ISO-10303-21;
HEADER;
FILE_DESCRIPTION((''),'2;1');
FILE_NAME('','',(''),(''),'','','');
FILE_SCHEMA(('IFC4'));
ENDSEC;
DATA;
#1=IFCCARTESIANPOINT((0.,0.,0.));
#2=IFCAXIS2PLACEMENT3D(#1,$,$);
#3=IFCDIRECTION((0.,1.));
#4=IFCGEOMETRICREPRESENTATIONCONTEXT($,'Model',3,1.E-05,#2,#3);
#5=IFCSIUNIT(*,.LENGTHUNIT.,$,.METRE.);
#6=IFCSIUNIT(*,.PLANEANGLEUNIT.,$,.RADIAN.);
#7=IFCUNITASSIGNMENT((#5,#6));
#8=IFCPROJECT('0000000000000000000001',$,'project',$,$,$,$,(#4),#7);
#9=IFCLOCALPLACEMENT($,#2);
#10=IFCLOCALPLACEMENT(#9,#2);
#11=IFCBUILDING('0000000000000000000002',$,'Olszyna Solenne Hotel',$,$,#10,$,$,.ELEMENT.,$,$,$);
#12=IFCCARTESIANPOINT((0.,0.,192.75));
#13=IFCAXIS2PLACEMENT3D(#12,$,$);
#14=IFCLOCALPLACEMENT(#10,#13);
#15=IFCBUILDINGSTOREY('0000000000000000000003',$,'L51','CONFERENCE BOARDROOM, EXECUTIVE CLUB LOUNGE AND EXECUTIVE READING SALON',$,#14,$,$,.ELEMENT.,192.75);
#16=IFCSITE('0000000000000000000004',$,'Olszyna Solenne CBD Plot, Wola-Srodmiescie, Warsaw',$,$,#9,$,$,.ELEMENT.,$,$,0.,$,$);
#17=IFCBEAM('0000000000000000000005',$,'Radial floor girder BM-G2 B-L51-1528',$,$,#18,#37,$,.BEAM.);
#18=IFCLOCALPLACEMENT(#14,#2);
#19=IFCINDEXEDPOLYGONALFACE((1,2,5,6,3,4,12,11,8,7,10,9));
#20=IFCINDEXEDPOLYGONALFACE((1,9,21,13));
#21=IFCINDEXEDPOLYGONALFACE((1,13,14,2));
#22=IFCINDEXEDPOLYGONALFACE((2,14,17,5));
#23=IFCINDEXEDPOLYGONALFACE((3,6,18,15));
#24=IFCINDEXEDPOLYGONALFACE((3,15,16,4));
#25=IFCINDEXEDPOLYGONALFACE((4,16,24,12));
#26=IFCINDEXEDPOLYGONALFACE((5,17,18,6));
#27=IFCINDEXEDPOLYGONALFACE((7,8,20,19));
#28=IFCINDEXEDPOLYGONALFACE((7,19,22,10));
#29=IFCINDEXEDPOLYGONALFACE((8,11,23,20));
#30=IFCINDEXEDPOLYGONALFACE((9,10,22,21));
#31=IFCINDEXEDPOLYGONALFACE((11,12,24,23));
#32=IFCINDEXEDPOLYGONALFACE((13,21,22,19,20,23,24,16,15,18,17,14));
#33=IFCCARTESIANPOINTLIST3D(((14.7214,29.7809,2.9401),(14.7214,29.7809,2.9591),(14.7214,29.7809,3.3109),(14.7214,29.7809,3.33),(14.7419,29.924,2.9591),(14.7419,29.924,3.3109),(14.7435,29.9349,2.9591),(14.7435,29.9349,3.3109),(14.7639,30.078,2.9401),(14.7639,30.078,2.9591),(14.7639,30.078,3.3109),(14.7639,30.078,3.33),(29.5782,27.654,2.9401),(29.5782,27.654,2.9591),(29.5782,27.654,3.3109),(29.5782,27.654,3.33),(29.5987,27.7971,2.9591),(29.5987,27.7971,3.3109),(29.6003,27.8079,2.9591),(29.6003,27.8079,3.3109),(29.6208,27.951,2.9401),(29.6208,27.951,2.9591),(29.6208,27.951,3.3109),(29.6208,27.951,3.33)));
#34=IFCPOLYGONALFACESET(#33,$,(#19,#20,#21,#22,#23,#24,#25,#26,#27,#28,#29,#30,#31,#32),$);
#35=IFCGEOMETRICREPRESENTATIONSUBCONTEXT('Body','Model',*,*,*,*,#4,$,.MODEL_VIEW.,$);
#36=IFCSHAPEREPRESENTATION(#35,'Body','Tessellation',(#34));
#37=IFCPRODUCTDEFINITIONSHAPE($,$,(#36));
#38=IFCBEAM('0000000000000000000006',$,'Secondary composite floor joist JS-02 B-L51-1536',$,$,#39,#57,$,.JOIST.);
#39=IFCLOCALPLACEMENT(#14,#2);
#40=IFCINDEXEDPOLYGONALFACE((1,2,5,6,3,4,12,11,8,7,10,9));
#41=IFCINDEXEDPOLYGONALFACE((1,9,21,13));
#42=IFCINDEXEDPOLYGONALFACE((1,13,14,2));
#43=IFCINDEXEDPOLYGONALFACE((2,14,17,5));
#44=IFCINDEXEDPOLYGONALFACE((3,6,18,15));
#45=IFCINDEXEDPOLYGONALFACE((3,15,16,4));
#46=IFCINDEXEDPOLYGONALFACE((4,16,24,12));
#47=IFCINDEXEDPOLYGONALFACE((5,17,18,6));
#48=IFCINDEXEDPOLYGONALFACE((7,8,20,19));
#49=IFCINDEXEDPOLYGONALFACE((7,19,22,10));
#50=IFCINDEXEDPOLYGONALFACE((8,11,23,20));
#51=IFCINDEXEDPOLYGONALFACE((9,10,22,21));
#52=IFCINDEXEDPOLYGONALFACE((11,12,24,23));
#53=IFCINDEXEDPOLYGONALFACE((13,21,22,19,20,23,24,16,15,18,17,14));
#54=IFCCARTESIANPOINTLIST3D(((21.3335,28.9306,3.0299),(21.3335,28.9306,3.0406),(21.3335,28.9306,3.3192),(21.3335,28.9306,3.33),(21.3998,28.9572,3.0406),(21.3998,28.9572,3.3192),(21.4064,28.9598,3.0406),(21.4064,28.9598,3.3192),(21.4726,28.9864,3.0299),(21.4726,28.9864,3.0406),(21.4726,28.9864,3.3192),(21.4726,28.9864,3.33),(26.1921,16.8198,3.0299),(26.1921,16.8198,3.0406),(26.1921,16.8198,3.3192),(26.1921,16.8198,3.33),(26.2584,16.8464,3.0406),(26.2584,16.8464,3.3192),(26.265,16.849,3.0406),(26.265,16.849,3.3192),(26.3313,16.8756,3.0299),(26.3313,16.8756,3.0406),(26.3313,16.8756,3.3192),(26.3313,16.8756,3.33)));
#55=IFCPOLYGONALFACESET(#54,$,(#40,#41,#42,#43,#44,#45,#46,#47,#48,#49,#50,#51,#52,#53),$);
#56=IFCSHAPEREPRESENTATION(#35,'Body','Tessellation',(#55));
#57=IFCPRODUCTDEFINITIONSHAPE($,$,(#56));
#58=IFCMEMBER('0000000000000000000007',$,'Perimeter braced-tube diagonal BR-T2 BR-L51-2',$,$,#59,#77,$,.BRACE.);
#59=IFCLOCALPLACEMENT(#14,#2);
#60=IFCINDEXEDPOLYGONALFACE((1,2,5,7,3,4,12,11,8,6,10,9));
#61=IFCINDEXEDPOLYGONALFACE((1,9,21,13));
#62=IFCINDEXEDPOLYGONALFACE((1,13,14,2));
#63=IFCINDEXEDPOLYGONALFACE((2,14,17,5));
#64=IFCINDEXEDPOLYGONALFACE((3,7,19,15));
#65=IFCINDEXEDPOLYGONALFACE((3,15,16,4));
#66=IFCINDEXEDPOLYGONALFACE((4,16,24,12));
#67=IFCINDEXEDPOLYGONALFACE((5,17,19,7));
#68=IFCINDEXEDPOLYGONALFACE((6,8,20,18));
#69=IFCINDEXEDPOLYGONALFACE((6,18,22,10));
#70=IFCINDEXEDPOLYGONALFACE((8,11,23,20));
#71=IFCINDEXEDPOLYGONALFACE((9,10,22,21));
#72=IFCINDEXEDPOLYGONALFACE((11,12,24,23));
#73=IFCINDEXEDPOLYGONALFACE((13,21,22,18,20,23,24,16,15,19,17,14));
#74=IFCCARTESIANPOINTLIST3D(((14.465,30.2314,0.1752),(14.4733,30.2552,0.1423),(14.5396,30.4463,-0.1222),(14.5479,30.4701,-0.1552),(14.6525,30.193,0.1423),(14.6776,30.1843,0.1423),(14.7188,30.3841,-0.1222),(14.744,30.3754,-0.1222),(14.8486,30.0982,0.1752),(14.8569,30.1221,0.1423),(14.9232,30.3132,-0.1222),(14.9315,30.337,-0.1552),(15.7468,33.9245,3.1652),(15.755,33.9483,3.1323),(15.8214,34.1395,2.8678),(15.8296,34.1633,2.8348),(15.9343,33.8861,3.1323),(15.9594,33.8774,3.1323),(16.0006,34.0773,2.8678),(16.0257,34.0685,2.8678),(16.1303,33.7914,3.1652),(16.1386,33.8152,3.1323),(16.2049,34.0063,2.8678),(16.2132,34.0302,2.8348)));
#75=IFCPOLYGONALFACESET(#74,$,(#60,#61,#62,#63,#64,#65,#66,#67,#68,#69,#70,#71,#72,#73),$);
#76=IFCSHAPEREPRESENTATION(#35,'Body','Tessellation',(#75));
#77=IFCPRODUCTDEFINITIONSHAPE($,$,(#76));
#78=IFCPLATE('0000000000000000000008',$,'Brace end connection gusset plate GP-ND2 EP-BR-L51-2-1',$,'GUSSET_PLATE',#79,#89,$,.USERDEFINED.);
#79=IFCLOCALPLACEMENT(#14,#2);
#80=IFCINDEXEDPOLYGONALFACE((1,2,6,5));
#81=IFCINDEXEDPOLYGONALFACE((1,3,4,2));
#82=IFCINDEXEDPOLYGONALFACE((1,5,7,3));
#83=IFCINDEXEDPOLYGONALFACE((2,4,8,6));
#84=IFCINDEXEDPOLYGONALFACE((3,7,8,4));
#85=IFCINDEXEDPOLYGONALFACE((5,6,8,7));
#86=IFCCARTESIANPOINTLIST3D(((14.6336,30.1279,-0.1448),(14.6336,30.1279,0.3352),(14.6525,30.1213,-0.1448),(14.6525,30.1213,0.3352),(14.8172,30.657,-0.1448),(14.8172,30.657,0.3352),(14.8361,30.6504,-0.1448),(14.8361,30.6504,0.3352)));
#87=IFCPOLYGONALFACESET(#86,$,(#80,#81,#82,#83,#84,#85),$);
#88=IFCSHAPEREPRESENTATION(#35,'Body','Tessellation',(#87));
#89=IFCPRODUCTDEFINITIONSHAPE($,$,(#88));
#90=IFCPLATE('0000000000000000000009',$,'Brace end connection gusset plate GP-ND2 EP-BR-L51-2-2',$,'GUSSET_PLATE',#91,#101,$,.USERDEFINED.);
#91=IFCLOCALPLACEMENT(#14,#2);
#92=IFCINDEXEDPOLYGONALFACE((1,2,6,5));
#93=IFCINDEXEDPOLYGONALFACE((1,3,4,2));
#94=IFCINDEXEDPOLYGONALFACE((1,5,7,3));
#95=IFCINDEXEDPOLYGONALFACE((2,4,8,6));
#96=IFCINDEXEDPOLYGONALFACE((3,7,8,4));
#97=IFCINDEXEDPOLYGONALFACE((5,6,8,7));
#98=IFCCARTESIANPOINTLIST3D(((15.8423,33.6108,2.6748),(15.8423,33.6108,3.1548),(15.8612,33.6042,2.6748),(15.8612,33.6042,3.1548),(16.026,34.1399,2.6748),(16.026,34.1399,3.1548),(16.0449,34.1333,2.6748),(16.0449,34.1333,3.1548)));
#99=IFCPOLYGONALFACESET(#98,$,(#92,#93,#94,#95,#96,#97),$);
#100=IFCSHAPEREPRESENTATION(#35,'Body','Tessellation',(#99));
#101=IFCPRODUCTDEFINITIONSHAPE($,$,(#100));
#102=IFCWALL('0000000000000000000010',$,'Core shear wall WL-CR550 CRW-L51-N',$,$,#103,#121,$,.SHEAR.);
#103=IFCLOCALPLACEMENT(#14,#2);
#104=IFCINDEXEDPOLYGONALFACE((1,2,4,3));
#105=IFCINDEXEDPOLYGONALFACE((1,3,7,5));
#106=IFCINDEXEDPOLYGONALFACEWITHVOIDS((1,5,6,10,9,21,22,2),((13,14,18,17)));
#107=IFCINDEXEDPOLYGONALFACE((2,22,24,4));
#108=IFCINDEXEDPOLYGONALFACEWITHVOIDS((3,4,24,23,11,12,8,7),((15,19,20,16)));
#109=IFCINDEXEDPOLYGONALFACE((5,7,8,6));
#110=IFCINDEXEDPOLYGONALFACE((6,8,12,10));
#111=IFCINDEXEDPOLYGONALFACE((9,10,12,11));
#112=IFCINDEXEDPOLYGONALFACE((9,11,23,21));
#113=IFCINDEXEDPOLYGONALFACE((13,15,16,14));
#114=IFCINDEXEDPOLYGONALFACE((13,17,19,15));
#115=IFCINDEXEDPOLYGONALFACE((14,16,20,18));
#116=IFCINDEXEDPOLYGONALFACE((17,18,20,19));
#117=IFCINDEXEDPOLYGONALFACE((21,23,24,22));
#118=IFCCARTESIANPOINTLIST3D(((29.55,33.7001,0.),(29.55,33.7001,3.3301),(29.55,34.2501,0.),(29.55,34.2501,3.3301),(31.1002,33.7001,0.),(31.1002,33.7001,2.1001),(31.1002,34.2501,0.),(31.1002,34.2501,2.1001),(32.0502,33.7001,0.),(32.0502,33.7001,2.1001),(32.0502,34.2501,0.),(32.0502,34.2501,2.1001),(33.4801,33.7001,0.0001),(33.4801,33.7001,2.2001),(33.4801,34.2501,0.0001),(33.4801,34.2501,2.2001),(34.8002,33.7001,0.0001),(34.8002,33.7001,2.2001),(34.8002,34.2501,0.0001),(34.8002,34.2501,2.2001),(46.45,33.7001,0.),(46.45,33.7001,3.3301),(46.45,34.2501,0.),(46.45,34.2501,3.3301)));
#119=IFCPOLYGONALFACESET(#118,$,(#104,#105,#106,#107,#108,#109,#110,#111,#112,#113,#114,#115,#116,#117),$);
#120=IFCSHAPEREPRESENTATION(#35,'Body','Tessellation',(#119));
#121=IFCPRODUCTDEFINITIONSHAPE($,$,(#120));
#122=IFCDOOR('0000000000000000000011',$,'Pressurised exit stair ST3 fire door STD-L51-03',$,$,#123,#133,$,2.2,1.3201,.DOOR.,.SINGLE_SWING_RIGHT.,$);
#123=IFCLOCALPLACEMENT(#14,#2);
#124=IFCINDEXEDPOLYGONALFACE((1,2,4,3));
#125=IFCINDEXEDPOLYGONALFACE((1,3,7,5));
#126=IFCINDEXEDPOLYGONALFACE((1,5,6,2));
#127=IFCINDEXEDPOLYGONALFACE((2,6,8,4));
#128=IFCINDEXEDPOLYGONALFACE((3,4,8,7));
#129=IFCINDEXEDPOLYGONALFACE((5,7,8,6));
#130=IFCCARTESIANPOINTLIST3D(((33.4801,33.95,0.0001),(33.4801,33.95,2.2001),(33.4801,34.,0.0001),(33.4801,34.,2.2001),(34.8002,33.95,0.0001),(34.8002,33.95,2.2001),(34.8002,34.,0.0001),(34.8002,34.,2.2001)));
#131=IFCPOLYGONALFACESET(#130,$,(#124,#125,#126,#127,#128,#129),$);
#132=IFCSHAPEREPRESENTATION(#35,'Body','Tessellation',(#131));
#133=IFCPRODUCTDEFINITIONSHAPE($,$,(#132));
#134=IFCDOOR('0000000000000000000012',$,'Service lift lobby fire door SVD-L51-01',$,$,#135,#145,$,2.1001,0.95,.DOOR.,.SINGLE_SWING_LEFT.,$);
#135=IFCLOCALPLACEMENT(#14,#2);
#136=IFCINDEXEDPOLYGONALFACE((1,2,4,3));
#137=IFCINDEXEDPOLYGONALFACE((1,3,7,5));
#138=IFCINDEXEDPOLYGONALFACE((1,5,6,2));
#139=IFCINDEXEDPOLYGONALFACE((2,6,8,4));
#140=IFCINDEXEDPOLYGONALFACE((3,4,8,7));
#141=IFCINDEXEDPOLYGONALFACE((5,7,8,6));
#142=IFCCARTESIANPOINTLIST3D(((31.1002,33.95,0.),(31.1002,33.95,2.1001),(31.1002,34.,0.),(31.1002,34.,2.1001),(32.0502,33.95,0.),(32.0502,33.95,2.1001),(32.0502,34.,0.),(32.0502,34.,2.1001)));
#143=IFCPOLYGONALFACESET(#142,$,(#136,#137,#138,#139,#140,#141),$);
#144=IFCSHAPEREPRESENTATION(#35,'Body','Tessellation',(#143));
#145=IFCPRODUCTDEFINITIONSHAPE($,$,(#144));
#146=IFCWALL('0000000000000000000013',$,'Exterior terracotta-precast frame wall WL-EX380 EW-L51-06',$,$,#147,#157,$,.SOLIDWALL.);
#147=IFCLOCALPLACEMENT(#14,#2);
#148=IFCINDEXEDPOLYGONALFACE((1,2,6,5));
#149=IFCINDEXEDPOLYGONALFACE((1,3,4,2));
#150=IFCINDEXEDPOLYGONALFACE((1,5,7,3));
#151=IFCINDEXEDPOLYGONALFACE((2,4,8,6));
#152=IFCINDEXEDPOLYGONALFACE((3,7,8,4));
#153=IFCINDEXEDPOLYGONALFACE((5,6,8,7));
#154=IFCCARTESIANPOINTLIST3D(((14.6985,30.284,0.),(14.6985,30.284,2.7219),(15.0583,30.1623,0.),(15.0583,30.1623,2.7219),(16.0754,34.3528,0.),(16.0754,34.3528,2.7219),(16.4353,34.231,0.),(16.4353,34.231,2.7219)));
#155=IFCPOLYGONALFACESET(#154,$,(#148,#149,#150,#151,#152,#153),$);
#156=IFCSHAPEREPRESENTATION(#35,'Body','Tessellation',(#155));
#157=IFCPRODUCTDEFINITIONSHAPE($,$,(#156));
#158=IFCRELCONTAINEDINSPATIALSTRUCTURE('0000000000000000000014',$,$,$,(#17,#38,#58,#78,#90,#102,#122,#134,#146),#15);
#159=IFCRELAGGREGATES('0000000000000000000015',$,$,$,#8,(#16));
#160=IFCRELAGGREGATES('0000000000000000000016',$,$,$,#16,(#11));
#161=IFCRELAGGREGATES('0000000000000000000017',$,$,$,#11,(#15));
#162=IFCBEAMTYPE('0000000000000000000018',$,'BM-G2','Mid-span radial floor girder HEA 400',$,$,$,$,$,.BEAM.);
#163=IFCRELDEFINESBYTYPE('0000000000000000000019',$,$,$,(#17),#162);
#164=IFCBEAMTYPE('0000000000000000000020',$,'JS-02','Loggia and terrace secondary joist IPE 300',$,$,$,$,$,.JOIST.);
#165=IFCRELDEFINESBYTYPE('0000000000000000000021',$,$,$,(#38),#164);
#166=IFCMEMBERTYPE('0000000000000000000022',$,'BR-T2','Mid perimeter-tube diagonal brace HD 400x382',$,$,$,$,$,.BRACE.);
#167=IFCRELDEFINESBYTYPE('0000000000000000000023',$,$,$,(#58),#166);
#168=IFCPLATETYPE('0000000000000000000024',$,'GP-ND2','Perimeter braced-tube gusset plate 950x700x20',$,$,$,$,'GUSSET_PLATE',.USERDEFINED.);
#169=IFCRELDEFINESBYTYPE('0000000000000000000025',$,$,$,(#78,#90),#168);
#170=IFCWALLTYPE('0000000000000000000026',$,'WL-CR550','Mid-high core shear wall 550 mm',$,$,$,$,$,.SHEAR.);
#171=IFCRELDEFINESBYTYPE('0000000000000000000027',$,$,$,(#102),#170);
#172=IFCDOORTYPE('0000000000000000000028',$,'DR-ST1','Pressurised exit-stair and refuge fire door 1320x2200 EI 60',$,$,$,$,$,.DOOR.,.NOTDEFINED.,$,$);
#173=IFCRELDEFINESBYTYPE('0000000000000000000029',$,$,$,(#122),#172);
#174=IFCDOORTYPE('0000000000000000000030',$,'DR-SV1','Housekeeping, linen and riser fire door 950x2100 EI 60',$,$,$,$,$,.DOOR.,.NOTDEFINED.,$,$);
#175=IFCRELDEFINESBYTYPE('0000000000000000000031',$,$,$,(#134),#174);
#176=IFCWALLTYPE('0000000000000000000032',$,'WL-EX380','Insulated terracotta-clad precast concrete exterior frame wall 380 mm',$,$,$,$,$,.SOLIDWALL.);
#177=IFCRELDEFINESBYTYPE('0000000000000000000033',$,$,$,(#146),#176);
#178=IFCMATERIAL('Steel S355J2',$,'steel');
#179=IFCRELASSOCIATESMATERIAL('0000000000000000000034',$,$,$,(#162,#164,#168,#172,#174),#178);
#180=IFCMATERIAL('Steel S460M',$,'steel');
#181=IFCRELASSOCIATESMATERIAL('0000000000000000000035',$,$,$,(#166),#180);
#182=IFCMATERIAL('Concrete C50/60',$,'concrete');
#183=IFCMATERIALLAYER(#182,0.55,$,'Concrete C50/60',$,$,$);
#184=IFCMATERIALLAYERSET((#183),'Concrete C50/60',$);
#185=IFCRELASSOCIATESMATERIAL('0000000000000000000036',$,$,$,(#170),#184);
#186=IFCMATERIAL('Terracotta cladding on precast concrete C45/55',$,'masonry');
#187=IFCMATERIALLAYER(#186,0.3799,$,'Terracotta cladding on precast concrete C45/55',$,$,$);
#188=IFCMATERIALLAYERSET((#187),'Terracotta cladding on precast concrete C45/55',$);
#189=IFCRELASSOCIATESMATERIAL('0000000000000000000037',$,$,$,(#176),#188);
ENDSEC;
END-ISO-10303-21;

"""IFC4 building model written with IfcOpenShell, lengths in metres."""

from ifc_helpers import new_model, si_unit, direction, frame, frame_2d, origin, origin_2d, place, context, subcontext, project, spatial, rectangle, i_section, extrude, source, transform, mapped, material, layer, layer_set, material_profile, profile_set, type_object, type_shapes, element, fill, save


model = new_model("IFC4")

# Units and contexts
model_context = context("Model", 3, precision=1e-05, world=origin(), true_north=direction((0.0, 1.0)))
body_context = subcontext(model_context, "Body", "Model", "MODEL_VIEW")
ifc_project = project(units=[si_unit("LENGTHUNIT", "METRE"), si_unit("PLANEANGLEUNIT", "RADIAN")], contexts=[model_context])

# Site, building, storey
site_placement = place(None, origin())
site = spatial("IfcSite", under=ifc_project, at=site_placement, Name="Olszyna Solenne CBD Plot, Wola-Srodmiescie, Warsaw", CompositionType="ELEMENT", RefElevation=0.0)
building_placement = place(site_placement, origin())
building = spatial("IfcBuilding", under=site, at=building_placement, Name="Olszyna Solenne Hotel", CompositionType="ELEMENT")
storey_placement = place(building_placement, frame((0.0, 0.0, 192.75)))
storey = spatial("IfcBuildingStorey", under=building, at=storey_placement, Name="L51", Description="CONFERENCE BOARDROOM, EXECUTIVE CLUB LOUNGE AND EXECUTIVE READING SALON", CompositionType="ELEMENT", Elevation=192.75)

# Shared definitions
ifc_material_1 = material(Name="Steel S460M", Category="steel")

# Beams
ifc_material_2 = material(Name="Steel S355J2", Category="steel")
ifc_material_profile_1 = material_profile(ifc_material_2, i_section(OverallWidth=0.3, OverallDepth=0.3899, WebThickness=0.011, FlangeThickness=0.019, at=origin_2d()), Name="HEA 400", Category="load-bearing")
ifc_profile_set_1 = profile_set([ifc_material_profile_1], Name="Steel S355J2")
beam_type_1 = type_object("IfcBeamType", Name="BM-G2", Description="Mid-span radial floor girder HEA 400", PredefinedType="BEAM", material=ifc_profile_set_1)
shared_shape_1 = source(origin(), body_context, "Body", "SweptSolid", [
    extrude(i_section(OverallWidth=0.3, OverallDepth=0.3899, WebThickness=0.011, FlangeThickness=0.019, at=origin_2d()), origin(), (0.0, 0.0, 1.0), 15.0083),
])
beam_1_placement = place(storey_placement, frame((14.7427, 29.9294, 3.135), z_axis=(0.989907, -0.141717, 0.0), x_axis=(0.141717, 0.989907, 0.0)))
element("IfcBeam", 1, at=beam_1_placement, inside=storey, type_object=beam_type_1, Name="Radial floor girder BM-G2 B-L51-1528", PredefinedType="BEAM", context=body_context, shape_type="MappedRepresentation", body=[
    mapped(shared_shape_1, transform((0.0, 0.0, 0.0), x_axis=(1.0, 0.0, 0.0), y_axis=(0.0, 1.0, 0.0), z_axis=(0.0, 0.0, 1.0), scale=1.0)),
])
ifc_material_profile_2 = material_profile(ifc_material_2, i_section(OverallWidth=0.1499, OverallDepth=0.3, WebThickness=0.0071, FlangeThickness=0.0107, at=origin_2d()), Name="IPE 300", Category="load-bearing")
ifc_profile_set_2 = profile_set([ifc_material_profile_2], Name="Steel S355J2")
beam_type_2 = type_object("IfcBeamType", Name="JS-02", Description="Loggia and terrace secondary joist IPE 300", PredefinedType="JOIST", material=ifc_profile_set_2)
shared_shape_2 = source(origin(), body_context, "Body", "SweptSolid", [
    extrude(i_section(OverallWidth=0.1499, OverallDepth=0.3, WebThickness=0.0071, FlangeThickness=0.0107, at=origin_2d()), origin(), (0.0, 0.0, 1.0), 13.0491),
])
beam_2_placement = place(storey_placement, frame((21.4031, 28.9585, 3.1799), z_axis=(0.372336, -0.928098, 0.0), x_axis=(0.928098, 0.372336, 0.0)))
element("IfcBeam", 2, at=beam_2_placement, inside=storey, type_object=beam_type_2, Name="Secondary composite floor joist JS-02 B-L51-1536", PredefinedType="JOIST", context=body_context, shape_type="MappedRepresentation", body=[
    mapped(shared_shape_2, transform((0.0, 0.0, 0.0), x_axis=(1.0, 0.0, 0.0), y_axis=(0.0, 1.0, 0.0), z_axis=(0.0, 0.0, 1.0), scale=1.0)),
])

# Member
ifc_material_profile_3 = material_profile(ifc_material_1, i_section(OverallWidth=0.406, OverallDepth=0.416, WebThickness=0.0266, FlangeThickness=0.0415, at=origin_2d()), Name="HD 400x382", Category="load-bearing")
ifc_profile_set_3 = profile_set([ifc_material_profile_3], Name="Steel S460M")
member_type = type_object("IfcMemberType", Name="BR-T2", Description="Mid perimeter-tube diagonal brace HD 400x382", PredefinedType="BRACE", material=ifc_profile_set_3)
shared_shape_3 = source(origin(), body_context, "Body", "SweptSolid", [
    extrude(i_section(OverallWidth=0.406, OverallDepth=0.416, WebThickness=0.0266, FlangeThickness=0.0415, at=origin_2d()), origin(), (0.0, 0.0, 1.0), 4.9216),
])
member_placement = place(storey_placement, frame((14.6982, 30.2842, 0.01), z_axis=(0.260432, 0.750392, 0.607526), x_axis=(-0.944721, 0.327876, 0.0)))
element("IfcMember", 3, at=member_placement, inside=storey, type_object=member_type, Name="Perimeter braced-tube diagonal BR-T2 BR-L51-2", PredefinedType="BRACE", context=body_context, shape_type="MappedRepresentation", body=[
    mapped(shared_shape_3, transform((0.0, 0.0, 0.0), x_axis=(1.0, 0.0, 0.0), y_axis=(0.0, 1.0, 0.0), z_axis=(0.0, 0.0, 1.0), scale=1.0)),
])

# Plates
plate_type = type_object("IfcPlateType", Name="GP-ND2", Description="Perimeter braced-tube gusset plate 950x700x20", ElementType="GUSSET_PLATE", PredefinedType="USERDEFINED", material=ifc_material_2)
shared_shape_4 = source(origin(), body_context, "Body", "SweptSolid", [
    extrude(rectangle(XDim=0.5601, YDim=0.02, at=origin_2d()), origin(), (0.0, 0.0, 1.0), 0.48),
])
for number, where, z_axis, x_axis, name in (
    (4, (14.7349, 30.3892, -0.1448), (0.0, 0.0, 1.0), (0.327878, 0.94472, 0.0), "Brace end connection gusset plate GP-ND2 EP-BR-L51-2-1"),
    (5, (15.9436, 33.8721, 2.6748), (0.0, 0.0, 1.0), (0.327878, 0.94472, 0.0), "Brace end connection gusset plate GP-ND2 EP-BR-L51-2-2"),
):
    element("IfcPlate", number, at=place(storey_placement, frame(where, z_axis=z_axis, x_axis=x_axis)), inside=storey, type_object=plate_type, Name=name, ObjectType="GUSSET_PLATE", PredefinedType="USERDEFINED", context=body_context, shape_type="MappedRepresentation", body=[
        mapped(shared_shape_4, transform((0.0, 0.0, 0.0), x_axis=(1.0, 0.0, 0.0), y_axis=(0.0, 1.0, 0.0), z_axis=(0.0, 0.0, 1.0), scale=1.0)),
    ])

# Wall, openings, doors
ifc_material_3 = material(Name="Concrete C50/60", Category="concrete")
ifc_layer_1 = layer(ifc_material_3, 0.55, Name="Concrete C50/60")
ifc_layer_set_1 = layer_set([ifc_layer_1], Name="Concrete C50/60")
wall_type_1 = type_object("IfcWallType", Name="WL-CR550", Description="Mid-high core shear wall 550 mm", PredefinedType="SHEAR", material=ifc_layer_set_1)
wall_1_placement = place(storey_placement, frame((29.55, 33.9751, 0.0), z_axis=(0.0, 0.0, 1.0), x_axis=(1.0, 0.0, 0.0)))
wall_1 = element("IfcWall", 6, at=wall_1_placement, inside=storey, type_object=wall_type_1, Name="Core shear wall WL-CR550 CRW-L51-N", PredefinedType="SHEAR", context=body_context, shape_type="SweptSolid", body=[
    extrude(rectangle(XDim=16.8999, YDim=0.55, at=frame_2d((8.45, 0.0))), origin(), (0.0, 0.0, 1.0), 3.3301),
])
opening_1_placement = place(wall_1_placement, frame((1.55, 0.0, 0.0)))
opening_1 = element("IfcOpeningElement", 7, at=opening_1_placement, cuts=wall_1, PredefinedType="OPENING", context=body_context, shape_type="SweptSolid", body=[
    extrude(rectangle(XDim=0.95, YDim=2.1001, at=frame_2d((0.4751, 1.05))), frame((0.0, 0.2852, 0.0), z_axis=(0.0, -1.0, 0.0), x_axis=(1.0, 0.0, 0.0)), (0.0, 0.0, 1.0), 0.5701),
])
opening_2_placement = place(wall_1_placement, frame((3.9299, 0.0, 0.0)))
opening_2 = element("IfcOpeningElement", 8, at=opening_2_placement, cuts=wall_1, PredefinedType="OPENING", context=body_context, shape_type="SweptSolid", body=[
    extrude(rectangle(XDim=1.3201, YDim=2.2, at=frame_2d((0.6602, 1.1001))), frame((0.0, 0.2852, 0.0), z_axis=(0.0, -1.0, 0.0), x_axis=(1.0, 0.0, 0.0)), (0.0, 0.0, 1.0), 0.5701),
])
door_type_1 = type_object("IfcDoorType", Name="DR-ST1", Description="Pressurised exit-stair and refuge fire door 1320x2200 EI 60", OperationType="NOTDEFINED", PredefinedType="DOOR", material=ifc_material_2)
shared_shape_5 = source(origin(), body_context, "Body", "SweptSolid", [
    extrude(rectangle(XDim=1.3201, YDim=2.2, at=frame_2d((0.6602, 1.1001))), frame((0.0, 0.0249, 0.0), z_axis=(0.0, -1.0, 0.0), x_axis=(1.0, 0.0, 0.0)), (0.0, 0.0, 1.0), 0.05),
])
type_shapes(door_type_1, [shared_shape_5])
door_1_placement = place(opening_2_placement, origin())
door_1 = element("IfcDoor", 9, at=door_1_placement, inside=storey, type_object=door_type_1, Name="Pressurised exit stair ST3 fire door STD-L51-03", OperationType="SINGLE_SWING_RIGHT", OverallHeight=2.2, OverallWidth=1.3201, PredefinedType="DOOR", context=body_context, shape_type="MappedRepresentation", body=[
    mapped(shared_shape_5, transform((0.0, 0.0, 0.0), x_axis=(1.0, 0.0, 0.0), y_axis=(0.0, 1.0, 0.0), z_axis=(0.0, 0.0, 1.0), scale=1.0)),
])
fill(opening_2, door_1)
door_type_2 = type_object("IfcDoorType", Name="DR-SV1", Description="Housekeeping, linen and riser fire door 950x2100 EI 60", OperationType="NOTDEFINED", PredefinedType="DOOR", material=ifc_material_2)
shared_shape_6 = source(origin(), body_context, "Body", "SweptSolid", [
    extrude(rectangle(XDim=0.95, YDim=2.1001, at=frame_2d((0.4751, 1.05))), frame((0.0, 0.0249, 0.0), z_axis=(0.0, -1.0, 0.0), x_axis=(1.0, 0.0, 0.0)), (0.0, 0.0, 1.0), 0.05),
])
type_shapes(door_type_2, [shared_shape_6])
door_2_placement = place(opening_1_placement, origin())
door_2 = element("IfcDoor", 10, at=door_2_placement, inside=storey, type_object=door_type_2, Name="Service lift lobby fire door SVD-L51-01", OperationType="SINGLE_SWING_LEFT", OverallHeight=2.1001, OverallWidth=0.95, PredefinedType="DOOR", context=body_context, shape_type="MappedRepresentation", body=[
    mapped(shared_shape_6, transform((0.0, 0.0, 0.0), x_axis=(1.0, 0.0, 0.0), y_axis=(0.0, 1.0, 0.0), z_axis=(0.0, 0.0, 1.0), scale=1.0)),
])
fill(opening_1, door_2)

# Wall
ifc_material_4 = material(Name="Terracotta cladding on precast concrete C45/55", Category="masonry")
ifc_layer_2 = layer(ifc_material_4, 0.3799, Name="Terracotta cladding on precast concrete C45/55")
ifc_layer_set_2 = layer_set([ifc_layer_2], Name="Terracotta cladding on precast concrete C45/55")
wall_type_2 = type_object("IfcWallType", Name="WL-EX380", Description="Insulated terracotta-clad precast concrete exterior frame wall 380 mm", PredefinedType="SOLIDWALL", material=ifc_layer_set_2)
wall_2_placement = place(storey_placement, frame((14.8784, 30.2231, 0.0), z_axis=(0.0, 0.0, 1.0), x_axis=(0.320555, 0.94723, 0.0)))
element("IfcWall", 11, at=wall_2_placement, inside=storey, type_object=wall_type_2, Name="Exterior terracotta-precast frame wall WL-EX380 EW-L51-06", PredefinedType="SOLIDWALL", context=body_context, shape_type="SweptSolid", body=[
    extrude(rectangle(XDim=4.2954, YDim=0.3799, at=frame_2d((2.1477, 0.0))), origin(), (0.0, 0.0, 1.0), 2.7219),
])

save(model, "model.ifc")
